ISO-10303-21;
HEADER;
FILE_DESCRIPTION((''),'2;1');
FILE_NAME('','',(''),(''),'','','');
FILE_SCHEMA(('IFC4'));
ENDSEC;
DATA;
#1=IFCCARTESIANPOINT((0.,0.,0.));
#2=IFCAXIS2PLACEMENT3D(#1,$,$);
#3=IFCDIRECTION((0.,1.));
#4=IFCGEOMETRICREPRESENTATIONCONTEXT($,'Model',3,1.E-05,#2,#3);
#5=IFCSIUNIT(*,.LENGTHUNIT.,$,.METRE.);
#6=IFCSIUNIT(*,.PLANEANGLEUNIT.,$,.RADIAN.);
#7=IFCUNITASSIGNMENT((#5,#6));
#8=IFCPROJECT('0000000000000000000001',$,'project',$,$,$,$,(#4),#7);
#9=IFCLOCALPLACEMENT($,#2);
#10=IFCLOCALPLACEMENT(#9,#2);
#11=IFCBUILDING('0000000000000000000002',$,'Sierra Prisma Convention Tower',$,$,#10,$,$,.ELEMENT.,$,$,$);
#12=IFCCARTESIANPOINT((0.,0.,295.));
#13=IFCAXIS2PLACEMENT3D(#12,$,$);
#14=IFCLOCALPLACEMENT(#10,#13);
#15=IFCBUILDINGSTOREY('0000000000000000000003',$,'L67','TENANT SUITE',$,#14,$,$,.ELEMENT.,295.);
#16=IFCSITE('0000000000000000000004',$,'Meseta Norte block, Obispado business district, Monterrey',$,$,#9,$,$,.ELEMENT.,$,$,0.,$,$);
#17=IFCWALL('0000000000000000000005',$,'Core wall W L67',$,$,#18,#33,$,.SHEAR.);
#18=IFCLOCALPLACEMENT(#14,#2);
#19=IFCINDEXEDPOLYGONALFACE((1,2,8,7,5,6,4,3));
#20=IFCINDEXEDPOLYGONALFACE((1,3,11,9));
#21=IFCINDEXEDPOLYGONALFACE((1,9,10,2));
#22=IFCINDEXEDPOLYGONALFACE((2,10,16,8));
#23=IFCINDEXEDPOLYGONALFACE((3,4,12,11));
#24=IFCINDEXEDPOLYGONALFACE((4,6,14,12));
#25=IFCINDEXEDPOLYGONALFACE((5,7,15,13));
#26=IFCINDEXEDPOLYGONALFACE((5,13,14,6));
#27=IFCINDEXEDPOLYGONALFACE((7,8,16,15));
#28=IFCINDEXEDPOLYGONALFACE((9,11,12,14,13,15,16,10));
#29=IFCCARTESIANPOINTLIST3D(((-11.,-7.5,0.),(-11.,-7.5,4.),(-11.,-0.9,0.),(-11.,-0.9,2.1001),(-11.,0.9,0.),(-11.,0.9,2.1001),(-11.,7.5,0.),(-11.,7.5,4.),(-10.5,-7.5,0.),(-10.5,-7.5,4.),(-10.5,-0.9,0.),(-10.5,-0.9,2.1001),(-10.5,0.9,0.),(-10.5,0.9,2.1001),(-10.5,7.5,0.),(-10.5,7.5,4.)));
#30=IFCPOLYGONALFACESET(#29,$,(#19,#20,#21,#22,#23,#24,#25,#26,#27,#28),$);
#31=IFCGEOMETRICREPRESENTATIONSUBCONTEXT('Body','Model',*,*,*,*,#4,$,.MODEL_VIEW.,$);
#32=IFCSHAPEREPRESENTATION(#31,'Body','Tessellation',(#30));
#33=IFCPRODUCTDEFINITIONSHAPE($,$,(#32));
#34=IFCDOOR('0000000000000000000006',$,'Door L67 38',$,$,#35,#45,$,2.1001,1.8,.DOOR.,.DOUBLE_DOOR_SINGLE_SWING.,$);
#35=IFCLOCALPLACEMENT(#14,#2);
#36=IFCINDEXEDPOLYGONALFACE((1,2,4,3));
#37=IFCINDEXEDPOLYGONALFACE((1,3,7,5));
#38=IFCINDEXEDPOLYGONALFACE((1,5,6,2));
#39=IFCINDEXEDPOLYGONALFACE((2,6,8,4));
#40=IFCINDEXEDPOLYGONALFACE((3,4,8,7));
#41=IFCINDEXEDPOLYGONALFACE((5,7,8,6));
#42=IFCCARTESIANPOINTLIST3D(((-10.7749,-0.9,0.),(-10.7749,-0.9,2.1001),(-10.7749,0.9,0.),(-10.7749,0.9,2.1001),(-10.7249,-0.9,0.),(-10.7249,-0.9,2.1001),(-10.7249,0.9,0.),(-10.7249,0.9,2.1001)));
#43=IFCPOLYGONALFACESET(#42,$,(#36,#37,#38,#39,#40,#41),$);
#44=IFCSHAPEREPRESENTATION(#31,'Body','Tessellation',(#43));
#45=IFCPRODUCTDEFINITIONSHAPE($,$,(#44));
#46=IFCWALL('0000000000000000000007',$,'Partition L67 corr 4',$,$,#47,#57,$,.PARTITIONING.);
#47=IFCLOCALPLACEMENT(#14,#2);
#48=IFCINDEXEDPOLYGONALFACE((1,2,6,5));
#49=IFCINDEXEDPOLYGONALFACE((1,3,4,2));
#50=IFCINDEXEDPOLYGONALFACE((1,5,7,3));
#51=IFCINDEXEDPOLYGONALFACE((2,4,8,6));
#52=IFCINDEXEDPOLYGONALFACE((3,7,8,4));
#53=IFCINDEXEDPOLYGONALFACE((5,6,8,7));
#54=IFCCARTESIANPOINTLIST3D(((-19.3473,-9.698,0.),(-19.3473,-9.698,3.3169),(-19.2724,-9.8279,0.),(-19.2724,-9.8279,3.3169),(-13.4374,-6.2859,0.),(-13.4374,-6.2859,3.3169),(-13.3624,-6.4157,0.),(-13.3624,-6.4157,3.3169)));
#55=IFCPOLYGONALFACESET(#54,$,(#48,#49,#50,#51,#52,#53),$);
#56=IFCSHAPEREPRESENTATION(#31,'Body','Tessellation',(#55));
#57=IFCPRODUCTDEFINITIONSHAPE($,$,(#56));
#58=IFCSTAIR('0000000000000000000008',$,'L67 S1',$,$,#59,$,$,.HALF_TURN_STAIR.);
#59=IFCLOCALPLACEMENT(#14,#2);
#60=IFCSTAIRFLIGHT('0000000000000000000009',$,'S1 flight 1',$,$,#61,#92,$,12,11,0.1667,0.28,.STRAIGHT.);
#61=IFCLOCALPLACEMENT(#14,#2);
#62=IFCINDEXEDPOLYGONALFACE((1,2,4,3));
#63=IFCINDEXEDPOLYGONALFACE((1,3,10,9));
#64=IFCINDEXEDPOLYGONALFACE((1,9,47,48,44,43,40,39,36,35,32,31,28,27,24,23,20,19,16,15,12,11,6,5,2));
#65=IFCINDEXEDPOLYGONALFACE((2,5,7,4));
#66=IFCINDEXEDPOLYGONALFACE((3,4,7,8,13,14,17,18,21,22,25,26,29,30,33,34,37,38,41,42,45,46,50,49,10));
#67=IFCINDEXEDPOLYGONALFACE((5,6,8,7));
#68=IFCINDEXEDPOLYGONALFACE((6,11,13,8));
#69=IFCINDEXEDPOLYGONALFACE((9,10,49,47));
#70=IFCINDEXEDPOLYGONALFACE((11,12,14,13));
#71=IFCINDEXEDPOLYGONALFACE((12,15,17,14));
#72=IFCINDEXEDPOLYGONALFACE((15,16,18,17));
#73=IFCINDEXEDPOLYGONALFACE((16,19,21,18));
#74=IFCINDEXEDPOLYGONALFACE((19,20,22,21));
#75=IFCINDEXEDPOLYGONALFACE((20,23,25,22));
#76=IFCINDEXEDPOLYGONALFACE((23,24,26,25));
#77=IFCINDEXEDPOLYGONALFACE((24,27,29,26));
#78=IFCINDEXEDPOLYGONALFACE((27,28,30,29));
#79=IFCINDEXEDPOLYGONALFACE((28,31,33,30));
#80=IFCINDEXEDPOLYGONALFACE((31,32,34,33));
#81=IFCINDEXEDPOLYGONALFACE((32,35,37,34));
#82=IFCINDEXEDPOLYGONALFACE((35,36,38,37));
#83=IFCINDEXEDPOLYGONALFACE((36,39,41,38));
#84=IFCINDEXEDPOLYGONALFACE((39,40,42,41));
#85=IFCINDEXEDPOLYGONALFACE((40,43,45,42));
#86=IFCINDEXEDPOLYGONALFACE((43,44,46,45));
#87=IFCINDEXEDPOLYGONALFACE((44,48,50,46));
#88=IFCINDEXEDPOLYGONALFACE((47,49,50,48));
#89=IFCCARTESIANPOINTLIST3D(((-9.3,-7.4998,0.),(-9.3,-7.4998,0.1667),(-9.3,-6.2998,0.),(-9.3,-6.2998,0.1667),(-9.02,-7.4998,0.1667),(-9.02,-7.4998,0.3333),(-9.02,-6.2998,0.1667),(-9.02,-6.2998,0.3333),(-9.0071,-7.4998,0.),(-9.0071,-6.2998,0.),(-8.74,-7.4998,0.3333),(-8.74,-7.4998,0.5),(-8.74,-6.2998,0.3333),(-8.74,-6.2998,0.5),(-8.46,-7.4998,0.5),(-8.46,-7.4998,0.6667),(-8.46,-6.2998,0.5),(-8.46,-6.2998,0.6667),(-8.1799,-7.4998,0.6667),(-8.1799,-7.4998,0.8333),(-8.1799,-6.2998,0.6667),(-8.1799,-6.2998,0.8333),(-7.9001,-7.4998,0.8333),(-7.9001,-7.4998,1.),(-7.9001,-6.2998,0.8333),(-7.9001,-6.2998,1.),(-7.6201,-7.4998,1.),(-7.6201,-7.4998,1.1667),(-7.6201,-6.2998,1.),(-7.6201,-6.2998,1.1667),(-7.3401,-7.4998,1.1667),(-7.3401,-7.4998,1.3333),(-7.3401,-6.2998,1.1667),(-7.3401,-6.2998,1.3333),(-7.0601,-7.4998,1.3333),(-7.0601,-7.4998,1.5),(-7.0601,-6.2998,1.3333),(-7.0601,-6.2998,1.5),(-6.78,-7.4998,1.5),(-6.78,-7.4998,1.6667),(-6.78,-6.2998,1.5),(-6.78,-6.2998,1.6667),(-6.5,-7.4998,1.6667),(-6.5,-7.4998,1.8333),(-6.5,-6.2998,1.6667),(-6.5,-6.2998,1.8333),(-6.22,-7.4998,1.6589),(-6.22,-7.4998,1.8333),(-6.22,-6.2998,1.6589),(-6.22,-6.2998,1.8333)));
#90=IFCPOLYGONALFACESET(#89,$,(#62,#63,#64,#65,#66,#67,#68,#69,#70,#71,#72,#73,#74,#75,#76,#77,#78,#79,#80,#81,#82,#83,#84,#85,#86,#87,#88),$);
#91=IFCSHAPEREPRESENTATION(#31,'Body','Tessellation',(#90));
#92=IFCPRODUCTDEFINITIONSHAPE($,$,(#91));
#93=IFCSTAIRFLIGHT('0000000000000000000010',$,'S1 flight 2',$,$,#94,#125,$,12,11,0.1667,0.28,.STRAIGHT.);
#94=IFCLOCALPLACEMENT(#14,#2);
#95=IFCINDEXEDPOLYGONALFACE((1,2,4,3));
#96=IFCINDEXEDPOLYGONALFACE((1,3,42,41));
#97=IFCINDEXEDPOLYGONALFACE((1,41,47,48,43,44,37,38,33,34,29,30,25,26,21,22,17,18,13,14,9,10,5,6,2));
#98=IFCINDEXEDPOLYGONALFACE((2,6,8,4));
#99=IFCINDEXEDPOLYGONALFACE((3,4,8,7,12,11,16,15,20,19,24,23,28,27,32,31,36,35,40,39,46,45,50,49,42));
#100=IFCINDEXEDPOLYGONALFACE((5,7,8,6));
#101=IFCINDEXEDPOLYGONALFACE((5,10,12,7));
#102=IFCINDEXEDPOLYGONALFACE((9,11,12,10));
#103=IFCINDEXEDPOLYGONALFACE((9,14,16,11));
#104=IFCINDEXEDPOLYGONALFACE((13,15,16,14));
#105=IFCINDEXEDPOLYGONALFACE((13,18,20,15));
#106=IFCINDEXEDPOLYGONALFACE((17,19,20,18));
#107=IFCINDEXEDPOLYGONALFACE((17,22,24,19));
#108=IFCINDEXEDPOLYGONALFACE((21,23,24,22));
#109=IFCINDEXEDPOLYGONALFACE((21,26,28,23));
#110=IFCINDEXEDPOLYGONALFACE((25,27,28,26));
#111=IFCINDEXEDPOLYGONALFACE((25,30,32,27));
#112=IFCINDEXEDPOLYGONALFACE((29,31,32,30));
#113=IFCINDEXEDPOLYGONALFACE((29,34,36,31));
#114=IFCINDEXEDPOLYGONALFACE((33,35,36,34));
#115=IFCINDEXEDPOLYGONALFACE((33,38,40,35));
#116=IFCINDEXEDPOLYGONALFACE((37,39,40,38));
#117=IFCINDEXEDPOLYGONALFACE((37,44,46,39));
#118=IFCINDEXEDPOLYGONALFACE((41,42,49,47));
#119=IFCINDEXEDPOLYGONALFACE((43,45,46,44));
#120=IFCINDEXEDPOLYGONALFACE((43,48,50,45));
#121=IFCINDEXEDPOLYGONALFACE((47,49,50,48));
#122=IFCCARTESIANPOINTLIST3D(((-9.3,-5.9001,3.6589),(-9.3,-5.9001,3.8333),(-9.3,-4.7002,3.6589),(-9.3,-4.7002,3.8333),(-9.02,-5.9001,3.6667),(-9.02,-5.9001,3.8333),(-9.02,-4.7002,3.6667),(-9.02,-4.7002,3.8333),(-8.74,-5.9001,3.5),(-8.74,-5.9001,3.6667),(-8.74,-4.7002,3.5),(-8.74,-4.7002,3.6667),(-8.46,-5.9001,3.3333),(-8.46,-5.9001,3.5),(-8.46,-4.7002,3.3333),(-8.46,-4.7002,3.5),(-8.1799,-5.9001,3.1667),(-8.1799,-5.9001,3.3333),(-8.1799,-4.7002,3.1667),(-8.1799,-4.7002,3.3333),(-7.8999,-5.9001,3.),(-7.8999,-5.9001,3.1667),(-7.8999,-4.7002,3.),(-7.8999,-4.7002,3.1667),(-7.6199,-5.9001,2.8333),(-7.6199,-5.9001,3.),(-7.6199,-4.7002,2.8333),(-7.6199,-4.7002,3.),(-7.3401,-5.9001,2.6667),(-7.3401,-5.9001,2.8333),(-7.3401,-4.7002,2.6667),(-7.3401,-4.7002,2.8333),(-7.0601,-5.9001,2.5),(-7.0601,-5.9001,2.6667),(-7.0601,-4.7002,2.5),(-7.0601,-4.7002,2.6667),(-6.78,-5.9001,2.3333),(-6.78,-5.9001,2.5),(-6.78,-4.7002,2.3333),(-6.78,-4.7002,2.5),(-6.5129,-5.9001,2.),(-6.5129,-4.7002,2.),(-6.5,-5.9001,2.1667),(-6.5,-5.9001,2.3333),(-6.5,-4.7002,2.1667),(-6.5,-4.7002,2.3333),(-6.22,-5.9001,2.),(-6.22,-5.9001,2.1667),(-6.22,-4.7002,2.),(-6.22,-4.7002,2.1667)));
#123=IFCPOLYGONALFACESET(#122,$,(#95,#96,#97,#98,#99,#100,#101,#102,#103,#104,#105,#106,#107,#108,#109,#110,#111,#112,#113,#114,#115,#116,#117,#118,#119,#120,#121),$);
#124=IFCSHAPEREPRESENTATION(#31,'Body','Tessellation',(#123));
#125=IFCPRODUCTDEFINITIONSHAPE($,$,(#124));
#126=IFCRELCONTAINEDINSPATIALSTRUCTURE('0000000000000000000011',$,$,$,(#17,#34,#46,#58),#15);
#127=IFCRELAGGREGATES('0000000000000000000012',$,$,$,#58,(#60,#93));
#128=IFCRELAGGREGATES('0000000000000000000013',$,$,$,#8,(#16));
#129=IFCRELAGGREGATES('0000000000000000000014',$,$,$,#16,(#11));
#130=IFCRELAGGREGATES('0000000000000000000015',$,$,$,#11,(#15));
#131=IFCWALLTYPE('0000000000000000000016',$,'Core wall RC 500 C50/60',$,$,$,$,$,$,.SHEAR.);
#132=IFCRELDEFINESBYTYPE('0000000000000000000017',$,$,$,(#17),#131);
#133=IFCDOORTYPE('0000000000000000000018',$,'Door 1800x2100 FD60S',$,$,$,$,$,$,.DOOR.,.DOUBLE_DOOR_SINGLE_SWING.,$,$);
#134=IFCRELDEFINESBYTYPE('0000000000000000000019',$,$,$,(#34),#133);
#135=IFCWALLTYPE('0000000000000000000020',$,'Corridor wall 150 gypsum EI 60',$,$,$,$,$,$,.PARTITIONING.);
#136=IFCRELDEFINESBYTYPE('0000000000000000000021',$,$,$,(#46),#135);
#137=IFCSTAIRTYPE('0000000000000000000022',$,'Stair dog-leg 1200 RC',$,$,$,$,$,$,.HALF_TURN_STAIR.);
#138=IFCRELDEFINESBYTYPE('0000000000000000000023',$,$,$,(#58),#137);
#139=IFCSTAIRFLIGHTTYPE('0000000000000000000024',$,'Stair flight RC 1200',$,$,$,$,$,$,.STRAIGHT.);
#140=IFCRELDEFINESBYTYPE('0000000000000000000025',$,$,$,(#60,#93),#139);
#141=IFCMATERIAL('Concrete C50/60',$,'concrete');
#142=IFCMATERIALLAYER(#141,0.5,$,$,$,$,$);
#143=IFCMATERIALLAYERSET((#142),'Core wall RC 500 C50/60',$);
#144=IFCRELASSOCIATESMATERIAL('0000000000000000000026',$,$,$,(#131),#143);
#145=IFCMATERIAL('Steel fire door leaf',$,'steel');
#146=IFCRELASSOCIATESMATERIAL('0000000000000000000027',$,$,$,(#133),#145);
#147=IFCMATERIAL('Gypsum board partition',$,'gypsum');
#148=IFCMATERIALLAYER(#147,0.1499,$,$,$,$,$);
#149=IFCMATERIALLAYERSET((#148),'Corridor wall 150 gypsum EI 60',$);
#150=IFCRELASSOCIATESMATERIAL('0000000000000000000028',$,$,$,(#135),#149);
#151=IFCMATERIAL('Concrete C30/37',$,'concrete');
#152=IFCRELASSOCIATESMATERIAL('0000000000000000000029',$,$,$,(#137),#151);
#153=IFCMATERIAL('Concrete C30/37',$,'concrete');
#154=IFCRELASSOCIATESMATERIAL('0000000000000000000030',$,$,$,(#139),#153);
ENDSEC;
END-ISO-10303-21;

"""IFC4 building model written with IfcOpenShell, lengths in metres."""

from ifc_helpers import new_model, si_unit, direction, frame, frame_2d, origin, place, context, subcontext, project, spatial, polyline, rectangle, outline, extrude, material, layer, layer_set, type_object, element, fill, aggregate, save


model = new_model("IFC4")

# Units and contexts
model_context = context("Model", 3, precision=1e-05, world=origin(), true_north=direction((0.0, 1.0)))
body_context = subcontext(model_context, "Body", "Model", "MODEL_VIEW")
ifc_project = project(units=[si_unit("LENGTHUNIT", "METRE"), si_unit("PLANEANGLEUNIT", "RADIAN")], contexts=[model_context])

# Site, building, storey
site_placement = place(None, origin())
site = spatial("IfcSite", under=ifc_project, at=site_placement, Name="Meseta Norte block, Obispado business district, Monterrey", CompositionType="ELEMENT", RefElevation=0.0)
building_placement = place(site_placement, origin())
building = spatial("IfcBuilding", under=site, at=building_placement, Name="Sierra Prisma Convention Tower", CompositionType="ELEMENT")
storey_placement = place(building_placement, frame((0.0, 0.0, 295.0)))
storey = spatial("IfcBuildingStorey", under=building, at=storey_placement, Name="L67", Description="TENANT SUITE", CompositionType="ELEMENT", Elevation=295.0)

# Wall, opening, door
ifc_material_1 = material(Name="Concrete C50/60", Category="concrete")
ifc_layer_1 = layer(ifc_material_1, 0.5)
ifc_layer_set_1 = layer_set([ifc_layer_1], Name="Core wall RC 500 C50/60")
wall_type_1 = type_object("IfcWallType", Name="Core wall RC 500 C50/60", PredefinedType="SHEAR", material=ifc_layer_set_1)
wall_1_placement = place(storey_placement, frame((-10.75, -7.5, 0.0), z_axis=(0.0, 0.0, 1.0), x_axis=(0.0, 1.0, 0.0)))
wall_1 = element("IfcWall", 1, at=wall_1_placement, inside=storey, type_object=wall_type_1, Name="Core wall W L67", PredefinedType="SHEAR", context=body_context, shape_type="SweptSolid", body=[
    extrude(rectangle(XDim=15.0, YDim=0.5, at=frame_2d((7.5, 0.0))), origin(), (0.0, 0.0, 1.0), 4.0),
])
opening_1_placement = place(wall_1_placement, frame((6.6001, 0.0, 0.0)))
opening_1 = element("IfcOpeningElement", 2, at=opening_1_placement, cuts=wall_1, PredefinedType="OPENING", context=body_context, shape_type="SweptSolid", body=[
    extrude(rectangle(XDim=1.8, YDim=2.1001, at=frame_2d((0.8999, 1.05))), frame((0.0, 0.25, 0.0), z_axis=(0.0, -1.0, 0.0), x_axis=(1.0, 0.0, 0.0)), (0.0, 0.0, 1.0), 0.5),
])
ifc_material_2 = material(Name="Steel fire door leaf", Category="steel")
door_type_1 = type_object("IfcDoorType", Name="Door 1800x2100 FD60S", OperationType="DOUBLE_DOOR_SINGLE_SWING", PredefinedType="DOOR", material=ifc_material_2)
door_1_placement = place(opening_1_placement, origin())
door_1 = element("IfcDoor", 3, at=door_1_placement, inside=storey, type_object=door_type_1, Name="Door L67 38", OperationType="DOUBLE_DOOR_SINGLE_SWING", OverallHeight=2.1001, OverallWidth=1.8, PredefinedType="DOOR", context=body_context, shape_type="SweptSolid", body=[
    extrude(rectangle(XDim=1.8, YDim=2.1001, at=frame_2d((0.8999, 1.05))), frame((0.0, 0.0249, 0.0), z_axis=(0.0, -1.0, 0.0), x_axis=(1.0, 0.0, 0.0)), (0.0, 0.0, 1.0), 0.05),
])
fill(opening_1, door_1)

# Wall
ifc_material_3 = material(Name="Gypsum board partition", Category="gypsum")
ifc_layer_2 = layer(ifc_material_3, 0.1499)
ifc_layer_set_2 = layer_set([ifc_layer_2], Name="Corridor wall 150 gypsum EI 60")
wall_type_2 = type_object("IfcWallType", Name="Corridor wall 150 gypsum EI 60", PredefinedType="PARTITIONING", material=ifc_layer_set_2)
wall_2_placement = place(storey_placement, frame((-13.3999, -6.3508, 0.0), z_axis=(0.0, 0.0, 1.0), x_axis=(-0.866024, -0.500002, 0.0)))
element("IfcWall", 4, at=wall_2_placement, inside=storey, type_object=wall_type_2, Name="Partition L67 corr 4", PredefinedType="PARTITIONING", context=body_context, shape_type="SweptSolid", body=[
    extrude(rectangle(XDim=6.8242, YDim=0.1499, at=frame_2d((3.4121, 0.0))), origin(), (0.0, 0.0, 1.0), 3.3169),
])

# Stair, stair flights
ifc_material_4 = material(Name="Concrete C30/37", Category="concrete")
stair_type = type_object("IfcStairType", Name="Stair dog-leg 1200 RC", PredefinedType="HALF_TURN_STAIR", material=ifc_material_4)
stair_placement = place(storey_placement, origin())
stair = element("IfcStair", 5, at=stair_placement, inside=storey, type_object=stair_type, Name="L67 S1", PredefinedType="HALF_TURN_STAIR")
ifc_material_5 = material(Name="Concrete C30/37", Category="concrete")
stair_flight_type = type_object("IfcStairFlightType", Name="Stair flight RC 1200", PredefinedType="STRAIGHT", material=ifc_material_5)
stair_flight_1_placement = place(storey_placement, frame((-9.3, -6.8999, 0.0), z_axis=(0.0, 0.0, 1.0), x_axis=(1.0, 0.0, 0.0)))
stair_flight_1 = element("IfcStairFlight", 6, at=stair_flight_1_placement, type_object=stair_flight_type, Name="S1 flight 1", NumberOfRisers=12, NumberOfTreads=11, PredefinedType="STRAIGHT", RiserHeight=0.1667, TreadLength=0.28, context=body_context, shape_type="SweptSolid", body=[
    extrude(outline(polyline([(0.0, 0.0), (0.0, 0.1667), (0.28, 0.1667), (0.28, 0.3333), (0.5601, 0.3333), (0.5601, 0.5), (0.8401, 0.5), (0.8401, 0.6667), (1.1201, 0.6667), (1.1201, 0.8333), (1.3999, 0.8333), (1.3999, 1.0), (1.6799, 1.0), (1.6799, 1.1667), (1.96, 1.1667), (1.96, 1.3333), (2.24, 1.3333), (2.24, 1.5), (2.52, 1.5), (2.52, 1.6667), (2.8, 1.6667), (2.8, 1.8333), (3.0801, 1.8333), (3.0801, 2.0), (3.0801, 1.6589), (0.293, 0.0), (0.0, 0.0)])), frame((0.0, 0.6001, 0.0), z_axis=(0.0, -1.0, 0.0), x_axis=(1.0, 0.0, 0.0)), (0.0, 0.0, 1.0), 1.2),
])
stair_flight_2_placement = place(storey_placement, frame((-6.22, -5.3, 2.0), z_axis=(0.0, 0.0, 1.0), x_axis=(-1.0, 0.0, 0.0)))
stair_flight_2 = element("IfcStairFlight", 7, at=stair_flight_2_placement, type_object=stair_flight_type, Name="S1 flight 2", NumberOfRisers=12, NumberOfTreads=11, PredefinedType="STRAIGHT", RiserHeight=0.1667, TreadLength=0.28, context=body_context, shape_type="SweptSolid", body=[
    extrude(outline(polyline([(0.0, 0.0), (0.0, 0.1667), (0.28, 0.1667), (0.28, 0.3333), (0.5601, 0.3333), (0.5601, 0.5), (0.8401, 0.5), (0.8401, 0.6667), (1.1201, 0.6667), (1.1201, 0.8333), (1.3999, 0.8333), (1.3999, 1.0), (1.6799, 1.0), (1.6799, 1.1667), (1.96, 1.1667), (1.96, 1.3333), (2.24, 1.3333), (2.24, 1.5), (2.52, 1.5), (2.52, 1.6667), (2.8, 1.6667), (2.8, 1.8333), (3.0801, 1.8333), (3.0801, 2.0), (3.0801, 1.6589), (0.293, 0.0), (0.0, 0.0)])), frame((0.0, 0.6001, 0.0), z_axis=(0.0, -1.0, 0.0), x_axis=(1.0, 0.0, 0.0)), (0.0, 0.0, 1.0), 1.2),
])
aggregate(stair, [stair_flight_1, stair_flight_2])

save(model, "model.ifc")
